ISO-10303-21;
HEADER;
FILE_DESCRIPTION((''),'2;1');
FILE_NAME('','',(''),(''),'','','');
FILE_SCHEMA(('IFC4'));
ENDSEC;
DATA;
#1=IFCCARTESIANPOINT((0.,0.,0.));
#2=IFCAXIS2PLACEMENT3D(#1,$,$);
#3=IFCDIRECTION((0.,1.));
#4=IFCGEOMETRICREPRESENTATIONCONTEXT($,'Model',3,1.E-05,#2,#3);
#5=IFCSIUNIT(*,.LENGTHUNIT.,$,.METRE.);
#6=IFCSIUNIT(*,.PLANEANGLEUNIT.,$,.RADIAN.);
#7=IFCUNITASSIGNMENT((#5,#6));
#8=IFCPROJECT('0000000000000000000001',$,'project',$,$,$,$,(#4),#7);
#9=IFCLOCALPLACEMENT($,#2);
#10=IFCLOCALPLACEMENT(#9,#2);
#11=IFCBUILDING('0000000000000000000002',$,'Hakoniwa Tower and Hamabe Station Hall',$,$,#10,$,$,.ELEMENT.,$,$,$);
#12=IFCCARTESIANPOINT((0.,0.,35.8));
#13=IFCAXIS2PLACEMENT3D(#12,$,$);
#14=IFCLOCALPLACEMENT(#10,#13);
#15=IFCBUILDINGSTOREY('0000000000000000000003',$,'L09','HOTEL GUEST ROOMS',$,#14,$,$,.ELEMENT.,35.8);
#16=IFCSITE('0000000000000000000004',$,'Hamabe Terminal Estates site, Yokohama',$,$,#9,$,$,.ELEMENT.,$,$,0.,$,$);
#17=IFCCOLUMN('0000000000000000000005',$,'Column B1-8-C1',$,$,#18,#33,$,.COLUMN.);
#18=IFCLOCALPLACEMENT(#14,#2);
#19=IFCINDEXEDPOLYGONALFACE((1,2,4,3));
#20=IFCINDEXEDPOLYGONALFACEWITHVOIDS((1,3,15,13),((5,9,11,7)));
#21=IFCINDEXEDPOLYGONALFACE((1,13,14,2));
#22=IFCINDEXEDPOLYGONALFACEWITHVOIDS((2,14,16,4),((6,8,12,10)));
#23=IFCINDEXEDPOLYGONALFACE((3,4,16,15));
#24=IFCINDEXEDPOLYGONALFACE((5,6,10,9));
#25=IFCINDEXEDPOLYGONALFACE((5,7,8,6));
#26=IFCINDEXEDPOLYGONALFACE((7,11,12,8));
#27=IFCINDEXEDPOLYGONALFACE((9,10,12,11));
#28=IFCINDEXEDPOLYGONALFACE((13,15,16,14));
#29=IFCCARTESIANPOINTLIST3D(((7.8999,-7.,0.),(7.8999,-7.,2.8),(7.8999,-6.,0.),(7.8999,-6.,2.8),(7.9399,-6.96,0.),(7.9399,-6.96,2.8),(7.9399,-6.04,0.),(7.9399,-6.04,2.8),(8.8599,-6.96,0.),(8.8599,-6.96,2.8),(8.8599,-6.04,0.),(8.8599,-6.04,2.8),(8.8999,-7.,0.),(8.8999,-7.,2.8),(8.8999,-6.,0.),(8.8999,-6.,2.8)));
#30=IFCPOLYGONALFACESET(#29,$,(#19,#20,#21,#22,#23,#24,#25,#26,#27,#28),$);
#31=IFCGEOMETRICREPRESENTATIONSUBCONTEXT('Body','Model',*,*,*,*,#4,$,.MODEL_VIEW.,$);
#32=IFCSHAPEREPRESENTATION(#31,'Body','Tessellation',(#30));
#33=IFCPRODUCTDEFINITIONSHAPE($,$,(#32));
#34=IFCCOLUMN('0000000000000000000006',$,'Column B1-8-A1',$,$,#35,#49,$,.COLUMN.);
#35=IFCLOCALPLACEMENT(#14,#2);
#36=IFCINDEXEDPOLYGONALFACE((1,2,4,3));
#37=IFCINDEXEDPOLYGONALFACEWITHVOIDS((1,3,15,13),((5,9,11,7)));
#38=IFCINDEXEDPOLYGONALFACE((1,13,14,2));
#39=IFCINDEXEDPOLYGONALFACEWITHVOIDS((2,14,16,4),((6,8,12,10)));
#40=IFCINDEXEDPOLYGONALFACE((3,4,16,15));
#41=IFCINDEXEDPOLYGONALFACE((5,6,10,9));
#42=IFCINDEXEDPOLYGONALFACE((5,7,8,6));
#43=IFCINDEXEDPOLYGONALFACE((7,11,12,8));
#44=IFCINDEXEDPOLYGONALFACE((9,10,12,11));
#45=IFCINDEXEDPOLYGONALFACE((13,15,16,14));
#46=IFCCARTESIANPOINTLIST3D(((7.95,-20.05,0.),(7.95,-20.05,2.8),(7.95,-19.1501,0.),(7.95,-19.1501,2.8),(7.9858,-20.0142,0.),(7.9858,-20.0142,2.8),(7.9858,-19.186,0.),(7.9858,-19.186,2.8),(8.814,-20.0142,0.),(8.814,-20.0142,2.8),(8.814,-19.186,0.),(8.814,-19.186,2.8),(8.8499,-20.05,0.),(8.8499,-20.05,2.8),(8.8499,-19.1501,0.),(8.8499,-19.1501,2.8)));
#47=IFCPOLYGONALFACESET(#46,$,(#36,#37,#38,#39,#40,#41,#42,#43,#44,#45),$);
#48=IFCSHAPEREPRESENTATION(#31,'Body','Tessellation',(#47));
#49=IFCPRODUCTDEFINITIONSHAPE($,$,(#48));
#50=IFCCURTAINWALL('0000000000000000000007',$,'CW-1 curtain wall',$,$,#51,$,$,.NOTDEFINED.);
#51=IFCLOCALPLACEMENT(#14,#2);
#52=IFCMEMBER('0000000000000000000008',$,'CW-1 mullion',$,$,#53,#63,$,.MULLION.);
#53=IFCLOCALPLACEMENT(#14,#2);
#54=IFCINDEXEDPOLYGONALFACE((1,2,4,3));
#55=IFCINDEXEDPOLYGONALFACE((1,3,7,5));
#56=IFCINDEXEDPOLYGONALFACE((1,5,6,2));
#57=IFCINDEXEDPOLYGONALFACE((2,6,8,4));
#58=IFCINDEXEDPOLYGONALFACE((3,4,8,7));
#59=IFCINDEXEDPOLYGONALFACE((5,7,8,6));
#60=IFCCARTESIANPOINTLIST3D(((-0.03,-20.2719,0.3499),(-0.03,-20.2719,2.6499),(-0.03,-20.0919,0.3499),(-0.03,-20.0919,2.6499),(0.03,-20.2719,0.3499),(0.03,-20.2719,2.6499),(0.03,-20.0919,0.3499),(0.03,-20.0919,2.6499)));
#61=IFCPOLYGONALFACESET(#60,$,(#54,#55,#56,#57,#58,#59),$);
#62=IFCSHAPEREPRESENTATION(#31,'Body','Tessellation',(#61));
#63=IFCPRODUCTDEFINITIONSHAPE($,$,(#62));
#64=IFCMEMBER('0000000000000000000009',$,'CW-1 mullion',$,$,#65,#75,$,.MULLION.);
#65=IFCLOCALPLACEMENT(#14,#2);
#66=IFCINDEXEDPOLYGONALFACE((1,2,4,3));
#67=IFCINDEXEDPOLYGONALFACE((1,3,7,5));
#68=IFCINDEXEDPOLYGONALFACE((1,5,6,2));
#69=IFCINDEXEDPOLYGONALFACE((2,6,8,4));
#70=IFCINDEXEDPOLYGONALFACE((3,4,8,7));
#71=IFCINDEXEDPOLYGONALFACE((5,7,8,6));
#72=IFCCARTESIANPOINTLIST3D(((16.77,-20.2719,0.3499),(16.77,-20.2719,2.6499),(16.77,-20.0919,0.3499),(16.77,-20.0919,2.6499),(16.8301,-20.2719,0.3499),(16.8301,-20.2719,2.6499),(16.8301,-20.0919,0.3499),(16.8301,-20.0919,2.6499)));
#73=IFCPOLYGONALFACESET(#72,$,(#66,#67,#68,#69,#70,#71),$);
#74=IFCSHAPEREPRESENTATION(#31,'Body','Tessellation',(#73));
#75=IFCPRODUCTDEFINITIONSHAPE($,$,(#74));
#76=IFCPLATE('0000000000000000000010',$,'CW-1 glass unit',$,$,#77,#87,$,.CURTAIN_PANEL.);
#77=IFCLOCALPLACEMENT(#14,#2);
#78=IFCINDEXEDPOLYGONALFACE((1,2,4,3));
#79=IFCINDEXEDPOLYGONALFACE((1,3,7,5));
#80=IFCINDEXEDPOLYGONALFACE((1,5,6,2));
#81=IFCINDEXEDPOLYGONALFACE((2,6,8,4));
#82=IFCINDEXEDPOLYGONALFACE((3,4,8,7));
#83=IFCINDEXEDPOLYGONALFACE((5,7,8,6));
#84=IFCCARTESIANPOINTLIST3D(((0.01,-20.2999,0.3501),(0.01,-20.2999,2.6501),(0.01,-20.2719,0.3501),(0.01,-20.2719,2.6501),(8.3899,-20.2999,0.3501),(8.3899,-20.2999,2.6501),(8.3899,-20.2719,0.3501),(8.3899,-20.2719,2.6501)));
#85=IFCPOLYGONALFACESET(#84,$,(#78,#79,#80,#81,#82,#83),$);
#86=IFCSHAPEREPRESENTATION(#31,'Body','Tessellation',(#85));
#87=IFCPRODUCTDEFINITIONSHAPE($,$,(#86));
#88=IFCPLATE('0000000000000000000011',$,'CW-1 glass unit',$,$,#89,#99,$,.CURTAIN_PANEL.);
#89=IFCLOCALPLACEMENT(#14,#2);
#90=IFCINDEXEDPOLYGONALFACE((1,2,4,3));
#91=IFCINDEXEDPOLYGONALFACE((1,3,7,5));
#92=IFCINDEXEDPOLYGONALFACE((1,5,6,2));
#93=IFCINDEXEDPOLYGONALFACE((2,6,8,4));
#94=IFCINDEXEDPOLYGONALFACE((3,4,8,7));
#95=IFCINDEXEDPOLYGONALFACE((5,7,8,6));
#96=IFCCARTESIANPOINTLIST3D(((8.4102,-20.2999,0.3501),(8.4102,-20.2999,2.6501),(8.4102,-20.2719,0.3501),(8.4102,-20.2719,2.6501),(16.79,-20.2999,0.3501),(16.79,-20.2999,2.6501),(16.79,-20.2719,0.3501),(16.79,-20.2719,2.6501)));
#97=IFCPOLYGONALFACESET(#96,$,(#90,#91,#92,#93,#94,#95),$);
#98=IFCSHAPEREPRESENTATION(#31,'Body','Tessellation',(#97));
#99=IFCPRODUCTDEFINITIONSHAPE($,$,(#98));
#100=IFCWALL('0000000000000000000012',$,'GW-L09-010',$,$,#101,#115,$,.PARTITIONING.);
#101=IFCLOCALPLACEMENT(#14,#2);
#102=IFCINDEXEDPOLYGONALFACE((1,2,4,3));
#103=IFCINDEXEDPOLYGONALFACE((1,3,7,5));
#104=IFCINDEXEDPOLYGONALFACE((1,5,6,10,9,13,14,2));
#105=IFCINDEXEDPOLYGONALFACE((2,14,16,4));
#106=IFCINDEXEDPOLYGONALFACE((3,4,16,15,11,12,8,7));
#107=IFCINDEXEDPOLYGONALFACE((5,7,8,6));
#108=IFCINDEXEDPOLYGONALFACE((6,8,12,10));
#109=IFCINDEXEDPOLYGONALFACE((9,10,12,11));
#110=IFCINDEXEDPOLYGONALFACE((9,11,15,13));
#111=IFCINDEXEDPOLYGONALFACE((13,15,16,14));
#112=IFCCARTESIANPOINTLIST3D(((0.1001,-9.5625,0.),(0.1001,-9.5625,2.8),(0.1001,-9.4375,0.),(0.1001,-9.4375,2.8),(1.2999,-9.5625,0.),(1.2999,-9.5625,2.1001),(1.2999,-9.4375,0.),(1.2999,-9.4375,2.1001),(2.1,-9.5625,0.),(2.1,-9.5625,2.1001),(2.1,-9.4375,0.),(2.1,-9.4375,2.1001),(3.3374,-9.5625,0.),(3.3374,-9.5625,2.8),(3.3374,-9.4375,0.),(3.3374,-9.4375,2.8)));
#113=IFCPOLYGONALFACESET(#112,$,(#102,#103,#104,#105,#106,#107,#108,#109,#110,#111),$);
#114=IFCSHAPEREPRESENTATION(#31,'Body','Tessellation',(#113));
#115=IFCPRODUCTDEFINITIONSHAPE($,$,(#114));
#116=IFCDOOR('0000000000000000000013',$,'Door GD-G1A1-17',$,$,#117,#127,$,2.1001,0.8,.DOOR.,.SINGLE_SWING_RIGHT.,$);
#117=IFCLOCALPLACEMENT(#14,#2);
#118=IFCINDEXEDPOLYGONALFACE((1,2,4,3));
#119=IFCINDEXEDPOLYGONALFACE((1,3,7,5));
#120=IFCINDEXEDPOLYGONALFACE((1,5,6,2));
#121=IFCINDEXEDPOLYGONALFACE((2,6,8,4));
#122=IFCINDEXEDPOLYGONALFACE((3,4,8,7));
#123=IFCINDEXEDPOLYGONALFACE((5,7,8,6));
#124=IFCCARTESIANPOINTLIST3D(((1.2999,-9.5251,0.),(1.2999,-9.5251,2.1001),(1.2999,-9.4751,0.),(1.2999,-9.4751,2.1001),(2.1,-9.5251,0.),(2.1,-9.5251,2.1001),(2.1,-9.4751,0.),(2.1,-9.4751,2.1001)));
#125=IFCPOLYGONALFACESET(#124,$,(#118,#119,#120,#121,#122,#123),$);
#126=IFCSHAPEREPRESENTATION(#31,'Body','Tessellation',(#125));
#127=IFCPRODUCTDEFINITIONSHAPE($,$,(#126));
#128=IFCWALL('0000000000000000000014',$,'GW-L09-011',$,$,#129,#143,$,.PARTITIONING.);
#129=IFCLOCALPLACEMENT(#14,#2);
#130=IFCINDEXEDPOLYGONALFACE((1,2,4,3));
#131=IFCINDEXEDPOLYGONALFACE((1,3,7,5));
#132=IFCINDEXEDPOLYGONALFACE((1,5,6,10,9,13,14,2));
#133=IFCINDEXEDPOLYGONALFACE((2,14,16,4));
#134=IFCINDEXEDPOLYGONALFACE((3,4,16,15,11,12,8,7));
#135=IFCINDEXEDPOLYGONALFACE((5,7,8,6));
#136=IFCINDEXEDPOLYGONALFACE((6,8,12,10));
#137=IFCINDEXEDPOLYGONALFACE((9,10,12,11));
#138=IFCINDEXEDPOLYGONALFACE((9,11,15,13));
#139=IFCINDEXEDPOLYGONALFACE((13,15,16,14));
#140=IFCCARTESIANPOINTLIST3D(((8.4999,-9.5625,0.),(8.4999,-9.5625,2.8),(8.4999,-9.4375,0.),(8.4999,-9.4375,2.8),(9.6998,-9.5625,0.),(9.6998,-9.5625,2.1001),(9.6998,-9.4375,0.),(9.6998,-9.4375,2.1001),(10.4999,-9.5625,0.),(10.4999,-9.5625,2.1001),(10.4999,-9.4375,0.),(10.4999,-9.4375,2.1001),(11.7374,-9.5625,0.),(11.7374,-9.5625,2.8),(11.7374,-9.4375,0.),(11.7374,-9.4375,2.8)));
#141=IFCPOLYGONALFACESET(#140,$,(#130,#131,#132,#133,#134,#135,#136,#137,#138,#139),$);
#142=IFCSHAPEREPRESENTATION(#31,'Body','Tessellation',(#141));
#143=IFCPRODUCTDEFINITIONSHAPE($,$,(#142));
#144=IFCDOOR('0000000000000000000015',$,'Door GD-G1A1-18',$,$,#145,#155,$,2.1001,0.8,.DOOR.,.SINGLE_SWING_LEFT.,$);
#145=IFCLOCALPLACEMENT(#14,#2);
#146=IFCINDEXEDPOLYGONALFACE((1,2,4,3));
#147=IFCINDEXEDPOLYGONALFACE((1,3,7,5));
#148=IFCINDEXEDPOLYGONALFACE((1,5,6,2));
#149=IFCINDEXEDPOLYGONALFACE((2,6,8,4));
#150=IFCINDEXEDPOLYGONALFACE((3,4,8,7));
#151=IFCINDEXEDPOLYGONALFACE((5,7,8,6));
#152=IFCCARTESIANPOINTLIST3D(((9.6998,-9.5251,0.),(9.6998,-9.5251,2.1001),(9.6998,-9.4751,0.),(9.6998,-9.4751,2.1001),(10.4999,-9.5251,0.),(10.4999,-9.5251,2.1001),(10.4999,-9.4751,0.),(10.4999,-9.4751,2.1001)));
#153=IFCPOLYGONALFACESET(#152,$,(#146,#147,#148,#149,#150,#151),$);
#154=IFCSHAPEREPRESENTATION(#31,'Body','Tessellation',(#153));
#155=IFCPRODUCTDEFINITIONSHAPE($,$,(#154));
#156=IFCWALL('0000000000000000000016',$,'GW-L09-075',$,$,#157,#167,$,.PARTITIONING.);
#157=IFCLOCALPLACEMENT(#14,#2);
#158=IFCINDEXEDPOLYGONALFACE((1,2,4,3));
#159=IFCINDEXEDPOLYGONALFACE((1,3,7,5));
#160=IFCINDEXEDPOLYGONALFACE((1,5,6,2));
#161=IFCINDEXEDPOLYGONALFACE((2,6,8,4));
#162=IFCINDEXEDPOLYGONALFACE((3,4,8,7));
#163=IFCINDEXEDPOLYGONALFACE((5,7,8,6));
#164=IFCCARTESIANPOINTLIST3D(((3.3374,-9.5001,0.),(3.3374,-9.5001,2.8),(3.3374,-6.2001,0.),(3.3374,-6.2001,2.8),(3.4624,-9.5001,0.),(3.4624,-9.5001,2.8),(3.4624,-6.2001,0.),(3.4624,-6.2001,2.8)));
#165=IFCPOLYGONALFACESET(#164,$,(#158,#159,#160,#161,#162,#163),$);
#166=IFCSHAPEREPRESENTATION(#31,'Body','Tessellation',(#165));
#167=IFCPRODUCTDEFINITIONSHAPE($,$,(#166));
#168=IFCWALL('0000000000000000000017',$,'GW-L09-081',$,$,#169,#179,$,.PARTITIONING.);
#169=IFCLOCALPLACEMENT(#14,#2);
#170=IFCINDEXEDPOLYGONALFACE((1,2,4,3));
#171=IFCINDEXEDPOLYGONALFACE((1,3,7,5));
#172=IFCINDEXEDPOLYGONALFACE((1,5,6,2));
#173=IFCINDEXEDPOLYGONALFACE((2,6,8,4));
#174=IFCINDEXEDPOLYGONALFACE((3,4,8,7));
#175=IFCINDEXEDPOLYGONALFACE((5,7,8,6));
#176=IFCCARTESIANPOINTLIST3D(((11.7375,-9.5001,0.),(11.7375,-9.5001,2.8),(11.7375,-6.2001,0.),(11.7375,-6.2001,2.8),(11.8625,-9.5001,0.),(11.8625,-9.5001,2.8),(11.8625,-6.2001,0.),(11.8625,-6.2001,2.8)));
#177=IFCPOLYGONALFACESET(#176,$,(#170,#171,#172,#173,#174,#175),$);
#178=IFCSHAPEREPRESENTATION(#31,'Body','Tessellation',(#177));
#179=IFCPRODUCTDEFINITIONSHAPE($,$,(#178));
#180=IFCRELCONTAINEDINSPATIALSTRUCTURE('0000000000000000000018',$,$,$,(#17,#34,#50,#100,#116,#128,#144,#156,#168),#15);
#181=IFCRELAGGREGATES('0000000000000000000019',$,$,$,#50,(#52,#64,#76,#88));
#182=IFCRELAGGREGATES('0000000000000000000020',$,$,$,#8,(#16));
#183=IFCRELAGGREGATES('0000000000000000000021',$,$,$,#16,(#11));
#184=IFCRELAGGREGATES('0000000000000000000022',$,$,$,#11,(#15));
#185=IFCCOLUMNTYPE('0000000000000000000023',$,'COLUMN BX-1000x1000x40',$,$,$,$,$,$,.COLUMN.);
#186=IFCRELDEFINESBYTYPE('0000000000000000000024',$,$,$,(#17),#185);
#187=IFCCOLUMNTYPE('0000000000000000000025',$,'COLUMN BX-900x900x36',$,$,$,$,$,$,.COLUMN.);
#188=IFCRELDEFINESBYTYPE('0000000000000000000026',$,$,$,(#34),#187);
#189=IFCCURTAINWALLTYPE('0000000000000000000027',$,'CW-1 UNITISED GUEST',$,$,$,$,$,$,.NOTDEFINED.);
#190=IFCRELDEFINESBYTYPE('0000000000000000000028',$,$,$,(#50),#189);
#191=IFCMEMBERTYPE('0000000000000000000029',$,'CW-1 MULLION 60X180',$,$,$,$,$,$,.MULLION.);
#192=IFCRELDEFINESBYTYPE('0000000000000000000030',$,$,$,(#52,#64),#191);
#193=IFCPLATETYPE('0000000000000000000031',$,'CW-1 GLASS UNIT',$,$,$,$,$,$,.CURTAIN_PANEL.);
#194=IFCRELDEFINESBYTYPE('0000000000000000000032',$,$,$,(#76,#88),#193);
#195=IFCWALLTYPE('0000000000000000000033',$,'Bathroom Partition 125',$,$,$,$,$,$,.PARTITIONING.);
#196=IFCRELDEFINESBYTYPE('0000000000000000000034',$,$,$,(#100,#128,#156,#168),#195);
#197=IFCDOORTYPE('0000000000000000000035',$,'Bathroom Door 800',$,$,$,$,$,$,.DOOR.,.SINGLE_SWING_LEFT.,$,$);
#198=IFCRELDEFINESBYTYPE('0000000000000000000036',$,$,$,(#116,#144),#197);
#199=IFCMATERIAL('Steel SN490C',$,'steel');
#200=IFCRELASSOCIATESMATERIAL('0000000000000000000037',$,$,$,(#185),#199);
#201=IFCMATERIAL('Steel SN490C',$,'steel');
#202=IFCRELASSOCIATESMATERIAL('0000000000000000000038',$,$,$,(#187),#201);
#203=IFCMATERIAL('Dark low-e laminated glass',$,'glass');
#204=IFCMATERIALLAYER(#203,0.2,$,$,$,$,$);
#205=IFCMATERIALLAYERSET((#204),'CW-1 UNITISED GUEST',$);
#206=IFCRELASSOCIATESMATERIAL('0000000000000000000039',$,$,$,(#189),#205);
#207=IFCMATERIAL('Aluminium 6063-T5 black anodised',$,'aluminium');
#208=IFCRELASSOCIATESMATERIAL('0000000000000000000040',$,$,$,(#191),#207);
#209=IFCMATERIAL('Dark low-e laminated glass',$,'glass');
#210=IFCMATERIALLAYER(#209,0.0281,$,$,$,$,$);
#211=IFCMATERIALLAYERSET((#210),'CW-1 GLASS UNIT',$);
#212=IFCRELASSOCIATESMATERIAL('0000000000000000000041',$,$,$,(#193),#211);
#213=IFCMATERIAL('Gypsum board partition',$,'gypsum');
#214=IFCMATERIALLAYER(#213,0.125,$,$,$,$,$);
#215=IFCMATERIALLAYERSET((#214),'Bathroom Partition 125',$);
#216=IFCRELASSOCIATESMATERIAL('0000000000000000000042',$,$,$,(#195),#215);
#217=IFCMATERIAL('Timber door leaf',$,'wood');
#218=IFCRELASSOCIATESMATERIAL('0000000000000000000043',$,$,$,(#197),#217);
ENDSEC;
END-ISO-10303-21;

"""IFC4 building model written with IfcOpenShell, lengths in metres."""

from ifc_helpers import new_model, si_unit, direction, frame, frame_2d, origin, origin_2d, place, context, subcontext, project, spatial, rectangle, hollow_rectangle, extrude, material, layer, layer_set, material_profile, profile_set, type_object, element, fill, aggregate, save


model = new_model("IFC4")

# Units and contexts
model_context = context("Model", 3, precision=1e-05, world=origin(), true_north=direction((0.0, 1.0)))
body_context = subcontext(model_context, "Body", "Model", "MODEL_VIEW")
ifc_project = project(units=[si_unit("LENGTHUNIT", "METRE"), si_unit("PLANEANGLEUNIT", "RADIAN")], contexts=[model_context])

# Site, building, storey
site_placement = place(None, origin())
site = spatial("IfcSite", under=ifc_project, at=site_placement, Name="Hamabe Terminal Estates site, Yokohama", CompositionType="ELEMENT", RefElevation=0.0)
building_placement = place(site_placement, origin())
building = spatial("IfcBuilding", under=site, at=building_placement, Name="Hakoniwa Tower and Hamabe Station Hall", CompositionType="ELEMENT")
storey_placement = place(building_placement, frame((0.0, 0.0, 35.8)))
storey = spatial("IfcBuildingStorey", under=building, at=storey_placement, Name="L09", Description="HOTEL GUEST ROOMS", CompositionType="ELEMENT", Elevation=35.8)

# Columns
ifc_material_1 = material(Name="Steel SN490C", Category="steel")
ifc_material_profile_1 = material_profile(ifc_material_1, hollow_rectangle(XDim=1.0, YDim=1.0, WallThickness=0.04, at=origin_2d()), Name="BX-1000x1000x40")
ifc_profile_set_1 = profile_set([ifc_material_profile_1], Name="Steel SN490C")
column_type_1 = type_object("IfcColumnType", Name="COLUMN BX-1000x1000x40", PredefinedType="COLUMN", material=ifc_profile_set_1)
column_1_placement = place(storey_placement, frame((8.3999, -6.5, 0.0), z_axis=(0.0, 0.0, 1.0), x_axis=(1.0, 0.0, 0.0)))
element("IfcColumn", 1, at=column_1_placement, inside=storey, type_object=column_type_1, Name="Column B1-8-C1", PredefinedType="COLUMN", context=body_context, shape_type="SweptSolid", body=[
    extrude(hollow_rectangle(XDim=1.0, YDim=1.0, WallThickness=0.04, at=origin_2d()), origin(), (0.0, 0.0, 1.0), 2.8),
])
ifc_material_2 = material(Name="Steel SN490C", Category="steel")
ifc_material_profile_2 = material_profile(ifc_material_2, hollow_rectangle(XDim=0.8999, YDim=0.8999, WallThickness=0.0359, at=origin_2d()), Name="BX-900x900x36")
ifc_profile_set_2 = profile_set([ifc_material_profile_2], Name="Steel SN490C")
column_type_2 = type_object("IfcColumnType", Name="COLUMN BX-900x900x36", PredefinedType="COLUMN", material=ifc_profile_set_2)
column_2_placement = place(storey_placement, frame((8.3999, -19.6001, 0.0), z_axis=(0.0, 0.0, 1.0), x_axis=(1.0, 0.0, 0.0)))
element("IfcColumn", 2, at=column_2_placement, inside=storey, type_object=column_type_2, Name="Column B1-8-A1", PredefinedType="COLUMN", context=body_context, shape_type="SweptSolid", body=[
    extrude(hollow_rectangle(XDim=0.8999, YDim=0.8999, WallThickness=0.0359, at=origin_2d()), origin(), (0.0, 0.0, 1.0), 2.8),
])

# Curtain wall, members, plates
ifc_material_3 = material(Name="Dark low-e laminated glass", Category="glass")
ifc_layer_1 = layer(ifc_material_3, 0.2)
ifc_layer_set_1 = layer_set([ifc_layer_1], Name="CW-1 UNITISED GUEST")
curtain_wall_type = type_object("IfcCurtainWallType", Name="CW-1 UNITISED GUEST", PredefinedType="NOTDEFINED", material=ifc_layer_set_1)
curtain_wall_placement = place(storey_placement, origin())
curtain_wall = element("IfcCurtainWall", 3, at=curtain_wall_placement, inside=storey, type_object=curtain_wall_type, Name="CW-1 curtain wall", PredefinedType="NOTDEFINED")
ifc_material_4 = material(Name="Aluminium 6063-T5 black anodised", Category="aluminium")
ifc_material_profile_3 = material_profile(ifc_material_4, rectangle(XDim=0.0601, YDim=0.1799, at=origin_2d()), Name="CW-1 MULLION 60X180")
ifc_profile_set_3 = profile_set([ifc_material_profile_3], Name="Aluminium 6063-T5 black anodised")
member_type = type_object("IfcMemberType", Name="CW-1 MULLION 60X180", PredefinedType="MULLION", material=ifc_profile_set_3)
member_1_placement = place(storey_placement, frame((0.0, -20.1819, 0.3499), z_axis=(0.0, 0.0, 1.0), x_axis=(1.0, 0.0, 0.0)))
member_1 = element("IfcMember", 4, at=member_1_placement, type_object=member_type, Name="CW-1 mullion", PredefinedType="MULLION", context=body_context, shape_type="SweptSolid", body=[
    extrude(rectangle(XDim=0.0601, YDim=0.1799, at=origin_2d()), origin(), (0.0, 0.0, 1.0), 2.3),
])
member_2_placement = place(storey_placement, frame((16.8, -20.1819, 0.3499), z_axis=(0.0, 0.0, 1.0), x_axis=(1.0, 0.0, 0.0)))
member_2 = element("IfcMember", 5, at=member_2_placement, type_object=member_type, Name="CW-1 mullion", PredefinedType="MULLION", context=body_context, shape_type="SweptSolid", body=[
    extrude(rectangle(XDim=0.0601, YDim=0.1799, at=origin_2d()), origin(), (0.0, 0.0, 1.0), 2.3),
])
ifc_material_5 = material(Name="Dark low-e laminated glass", Category="glass")
ifc_layer_2 = layer(ifc_material_5, 0.0281)
ifc_layer_set_2 = layer_set([ifc_layer_2], Name="CW-1 GLASS UNIT")
plate_type = type_object("IfcPlateType", Name="CW-1 GLASS UNIT", PredefinedType="CURTAIN_PANEL", material=ifc_layer_set_2)
plate_1_placement = place(storey_placement, frame((4.2, -20.2859, 0.3501), z_axis=(0.0, 0.0, 1.0), x_axis=(1.0, 0.0, 0.0)))
plate_1 = element("IfcPlate", 6, at=plate_1_placement, type_object=plate_type, Name="CW-1 glass unit", PredefinedType="CURTAIN_PANEL", context=body_context, shape_type="SweptSolid", body=[
    extrude(rectangle(XDim=8.3799, YDim=0.0281, at=origin_2d()), origin(), (0.0, 0.0, 1.0), 2.3),
])
plate_2_placement = place(storey_placement, frame((12.6001, -20.2859, 0.3501), z_axis=(0.0, 0.0, 1.0), x_axis=(1.0, 0.0, 0.0)))
plate_2 = element("IfcPlate", 7, at=plate_2_placement, type_object=plate_type, Name="CW-1 glass unit", PredefinedType="CURTAIN_PANEL", context=body_context, shape_type="SweptSolid", body=[
    extrude(rectangle(XDim=8.3799, YDim=0.0281, at=origin_2d()), origin(), (0.0, 0.0, 1.0), 2.3),
])
aggregate(curtain_wall, [member_1, member_2, plate_1, plate_2])

# Walls, openings, doors
ifc_material_6 = material(Name="Gypsum board partition", Category="gypsum")
ifc_layer_3 = layer(ifc_material_6, 0.125)
ifc_layer_set_3 = layer_set([ifc_layer_3], Name="Bathroom Partition 125")
wall_type_1 = type_object("IfcWallType", Name="Bathroom Partition 125", PredefinedType="PARTITIONING", material=ifc_layer_set_3)
wall_1_placement = place(storey_placement, frame((0.1001, -9.5, 0.0), z_axis=(0.0, 0.0, 1.0), x_axis=(1.0, 0.0, 0.0)))
wall_1 = element("IfcWall", 8, at=wall_1_placement, inside=storey, type_object=wall_type_1, Name="GW-L09-010", PredefinedType="PARTITIONING", context=body_context, shape_type="SweptSolid", body=[
    extrude(rectangle(XDim=3.2373, YDim=0.125, at=frame_2d((1.6187, 0.0))), origin(), (0.0, 0.0, 1.0), 2.8),
])
opening_1_placement = place(wall_1_placement, frame((1.2, 0.0, 0.0)))
opening_1 = element("IfcOpeningElement", 9, at=opening_1_placement, cuts=wall_1, PredefinedType="OPENING", context=body_context, shape_type="SweptSolid", body=[
    extrude(rectangle(XDim=0.8, YDim=2.1001, at=frame_2d((0.3999, 1.05))), frame((0.0, 0.0725, 0.0), z_axis=(0.0, -1.0, 0.0), x_axis=(1.0, 0.0, 0.0)), (0.0, 0.0, 1.0), 0.145),
])
ifc_material_7 = material(Name="Timber door leaf", Category="wood")
door_type = type_object("IfcDoorType", Name="Bathroom Door 800", OperationType="SINGLE_SWING_LEFT", PredefinedType="DOOR", material=ifc_material_7)
door_1_placement = place(opening_1_placement, origin())
door_1 = element("IfcDoor", 10, at=door_1_placement, inside=storey, type_object=door_type, Name="Door GD-G1A1-17", OperationType="SINGLE_SWING_RIGHT", OverallHeight=2.1001, OverallWidth=0.8, PredefinedType="DOOR", context=body_context, shape_type="SweptSolid", body=[
    extrude(rectangle(XDim=0.8, YDim=2.1001, at=frame_2d((0.3999, 1.05))), frame((0.0, 0.0249, 0.0), z_axis=(0.0, -1.0, 0.0), x_axis=(1.0, 0.0, 0.0)), (0.0, 0.0, 1.0), 0.05),
])
fill(opening_1, door_1)
wall_2_placement = place(storey_placement, frame((8.5, -9.5, 0.0), z_axis=(0.0, 0.0, 1.0), x_axis=(1.0, 0.0, 0.0)))
wall_2 = element("IfcWall", 11, at=wall_2_placement, inside=storey, type_object=wall_type_1, Name="GW-L09-011", PredefinedType="PARTITIONING", context=body_context, shape_type="SweptSolid", body=[
    extrude(rectangle(XDim=3.2375, YDim=0.125, at=frame_2d((1.6187, 0.0))), origin(), (0.0, 0.0, 1.0), 2.8),
])
opening_2_placement = place(wall_2_placement, frame((1.2, 0.0, 0.0)))
opening_2 = element("IfcOpeningElement", 12, at=opening_2_placement, cuts=wall_2, PredefinedType="OPENING", context=body_context, shape_type="SweptSolid", body=[
    extrude(rectangle(XDim=0.8, YDim=2.1001, at=frame_2d((0.3999, 1.05))), frame((0.0, 0.0725, 0.0), z_axis=(0.0, -1.0, 0.0), x_axis=(1.0, 0.0, 0.0)), (0.0, 0.0, 1.0), 0.145),
])
door_2_placement = place(opening_2_placement, origin())
door_2 = element("IfcDoor", 13, at=door_2_placement, inside=storey, type_object=door_type, Name="Door GD-G1A1-18", OperationType="SINGLE_SWING_LEFT", OverallHeight=2.1001, OverallWidth=0.8, PredefinedType="DOOR", context=body_context, shape_type="SweptSolid", body=[
    extrude(rectangle(XDim=0.8, YDim=2.1001, at=frame_2d((0.3999, 1.05))), frame((0.0, 0.0249, 0.0), z_axis=(0.0, -1.0, 0.0), x_axis=(1.0, 0.0, 0.0)), (0.0, 0.0, 1.0), 0.05),
])
fill(opening_2, door_2)

# Walls
for number, where, z_axis, x_axis, name in (
    (14, (3.3999, -9.5, 0.0), (0.0, 0.0, 1.0), (0.0, 1.0, 0.0), "GW-L09-075"),
    (15, (11.8, -9.5, 0.0), (0.0, 0.0, 1.0), (0.0, 1.0, 0.0), "GW-L09-081"),
):
    element("IfcWall", number, at=place(storey_placement, frame(where, z_axis=z_axis, x_axis=x_axis)), inside=storey, type_object=wall_type_1, Name=name, PredefinedType="PARTITIONING", context=body_context, shape_type="SweptSolid", body=[
        extrude(rectangle(XDim=3.3, YDim=0.125, at=frame_2d((1.6499, 0.0))), origin(), (0.0, 0.0, 1.0), 2.8),
    ])

save(model, "model.ifc")
